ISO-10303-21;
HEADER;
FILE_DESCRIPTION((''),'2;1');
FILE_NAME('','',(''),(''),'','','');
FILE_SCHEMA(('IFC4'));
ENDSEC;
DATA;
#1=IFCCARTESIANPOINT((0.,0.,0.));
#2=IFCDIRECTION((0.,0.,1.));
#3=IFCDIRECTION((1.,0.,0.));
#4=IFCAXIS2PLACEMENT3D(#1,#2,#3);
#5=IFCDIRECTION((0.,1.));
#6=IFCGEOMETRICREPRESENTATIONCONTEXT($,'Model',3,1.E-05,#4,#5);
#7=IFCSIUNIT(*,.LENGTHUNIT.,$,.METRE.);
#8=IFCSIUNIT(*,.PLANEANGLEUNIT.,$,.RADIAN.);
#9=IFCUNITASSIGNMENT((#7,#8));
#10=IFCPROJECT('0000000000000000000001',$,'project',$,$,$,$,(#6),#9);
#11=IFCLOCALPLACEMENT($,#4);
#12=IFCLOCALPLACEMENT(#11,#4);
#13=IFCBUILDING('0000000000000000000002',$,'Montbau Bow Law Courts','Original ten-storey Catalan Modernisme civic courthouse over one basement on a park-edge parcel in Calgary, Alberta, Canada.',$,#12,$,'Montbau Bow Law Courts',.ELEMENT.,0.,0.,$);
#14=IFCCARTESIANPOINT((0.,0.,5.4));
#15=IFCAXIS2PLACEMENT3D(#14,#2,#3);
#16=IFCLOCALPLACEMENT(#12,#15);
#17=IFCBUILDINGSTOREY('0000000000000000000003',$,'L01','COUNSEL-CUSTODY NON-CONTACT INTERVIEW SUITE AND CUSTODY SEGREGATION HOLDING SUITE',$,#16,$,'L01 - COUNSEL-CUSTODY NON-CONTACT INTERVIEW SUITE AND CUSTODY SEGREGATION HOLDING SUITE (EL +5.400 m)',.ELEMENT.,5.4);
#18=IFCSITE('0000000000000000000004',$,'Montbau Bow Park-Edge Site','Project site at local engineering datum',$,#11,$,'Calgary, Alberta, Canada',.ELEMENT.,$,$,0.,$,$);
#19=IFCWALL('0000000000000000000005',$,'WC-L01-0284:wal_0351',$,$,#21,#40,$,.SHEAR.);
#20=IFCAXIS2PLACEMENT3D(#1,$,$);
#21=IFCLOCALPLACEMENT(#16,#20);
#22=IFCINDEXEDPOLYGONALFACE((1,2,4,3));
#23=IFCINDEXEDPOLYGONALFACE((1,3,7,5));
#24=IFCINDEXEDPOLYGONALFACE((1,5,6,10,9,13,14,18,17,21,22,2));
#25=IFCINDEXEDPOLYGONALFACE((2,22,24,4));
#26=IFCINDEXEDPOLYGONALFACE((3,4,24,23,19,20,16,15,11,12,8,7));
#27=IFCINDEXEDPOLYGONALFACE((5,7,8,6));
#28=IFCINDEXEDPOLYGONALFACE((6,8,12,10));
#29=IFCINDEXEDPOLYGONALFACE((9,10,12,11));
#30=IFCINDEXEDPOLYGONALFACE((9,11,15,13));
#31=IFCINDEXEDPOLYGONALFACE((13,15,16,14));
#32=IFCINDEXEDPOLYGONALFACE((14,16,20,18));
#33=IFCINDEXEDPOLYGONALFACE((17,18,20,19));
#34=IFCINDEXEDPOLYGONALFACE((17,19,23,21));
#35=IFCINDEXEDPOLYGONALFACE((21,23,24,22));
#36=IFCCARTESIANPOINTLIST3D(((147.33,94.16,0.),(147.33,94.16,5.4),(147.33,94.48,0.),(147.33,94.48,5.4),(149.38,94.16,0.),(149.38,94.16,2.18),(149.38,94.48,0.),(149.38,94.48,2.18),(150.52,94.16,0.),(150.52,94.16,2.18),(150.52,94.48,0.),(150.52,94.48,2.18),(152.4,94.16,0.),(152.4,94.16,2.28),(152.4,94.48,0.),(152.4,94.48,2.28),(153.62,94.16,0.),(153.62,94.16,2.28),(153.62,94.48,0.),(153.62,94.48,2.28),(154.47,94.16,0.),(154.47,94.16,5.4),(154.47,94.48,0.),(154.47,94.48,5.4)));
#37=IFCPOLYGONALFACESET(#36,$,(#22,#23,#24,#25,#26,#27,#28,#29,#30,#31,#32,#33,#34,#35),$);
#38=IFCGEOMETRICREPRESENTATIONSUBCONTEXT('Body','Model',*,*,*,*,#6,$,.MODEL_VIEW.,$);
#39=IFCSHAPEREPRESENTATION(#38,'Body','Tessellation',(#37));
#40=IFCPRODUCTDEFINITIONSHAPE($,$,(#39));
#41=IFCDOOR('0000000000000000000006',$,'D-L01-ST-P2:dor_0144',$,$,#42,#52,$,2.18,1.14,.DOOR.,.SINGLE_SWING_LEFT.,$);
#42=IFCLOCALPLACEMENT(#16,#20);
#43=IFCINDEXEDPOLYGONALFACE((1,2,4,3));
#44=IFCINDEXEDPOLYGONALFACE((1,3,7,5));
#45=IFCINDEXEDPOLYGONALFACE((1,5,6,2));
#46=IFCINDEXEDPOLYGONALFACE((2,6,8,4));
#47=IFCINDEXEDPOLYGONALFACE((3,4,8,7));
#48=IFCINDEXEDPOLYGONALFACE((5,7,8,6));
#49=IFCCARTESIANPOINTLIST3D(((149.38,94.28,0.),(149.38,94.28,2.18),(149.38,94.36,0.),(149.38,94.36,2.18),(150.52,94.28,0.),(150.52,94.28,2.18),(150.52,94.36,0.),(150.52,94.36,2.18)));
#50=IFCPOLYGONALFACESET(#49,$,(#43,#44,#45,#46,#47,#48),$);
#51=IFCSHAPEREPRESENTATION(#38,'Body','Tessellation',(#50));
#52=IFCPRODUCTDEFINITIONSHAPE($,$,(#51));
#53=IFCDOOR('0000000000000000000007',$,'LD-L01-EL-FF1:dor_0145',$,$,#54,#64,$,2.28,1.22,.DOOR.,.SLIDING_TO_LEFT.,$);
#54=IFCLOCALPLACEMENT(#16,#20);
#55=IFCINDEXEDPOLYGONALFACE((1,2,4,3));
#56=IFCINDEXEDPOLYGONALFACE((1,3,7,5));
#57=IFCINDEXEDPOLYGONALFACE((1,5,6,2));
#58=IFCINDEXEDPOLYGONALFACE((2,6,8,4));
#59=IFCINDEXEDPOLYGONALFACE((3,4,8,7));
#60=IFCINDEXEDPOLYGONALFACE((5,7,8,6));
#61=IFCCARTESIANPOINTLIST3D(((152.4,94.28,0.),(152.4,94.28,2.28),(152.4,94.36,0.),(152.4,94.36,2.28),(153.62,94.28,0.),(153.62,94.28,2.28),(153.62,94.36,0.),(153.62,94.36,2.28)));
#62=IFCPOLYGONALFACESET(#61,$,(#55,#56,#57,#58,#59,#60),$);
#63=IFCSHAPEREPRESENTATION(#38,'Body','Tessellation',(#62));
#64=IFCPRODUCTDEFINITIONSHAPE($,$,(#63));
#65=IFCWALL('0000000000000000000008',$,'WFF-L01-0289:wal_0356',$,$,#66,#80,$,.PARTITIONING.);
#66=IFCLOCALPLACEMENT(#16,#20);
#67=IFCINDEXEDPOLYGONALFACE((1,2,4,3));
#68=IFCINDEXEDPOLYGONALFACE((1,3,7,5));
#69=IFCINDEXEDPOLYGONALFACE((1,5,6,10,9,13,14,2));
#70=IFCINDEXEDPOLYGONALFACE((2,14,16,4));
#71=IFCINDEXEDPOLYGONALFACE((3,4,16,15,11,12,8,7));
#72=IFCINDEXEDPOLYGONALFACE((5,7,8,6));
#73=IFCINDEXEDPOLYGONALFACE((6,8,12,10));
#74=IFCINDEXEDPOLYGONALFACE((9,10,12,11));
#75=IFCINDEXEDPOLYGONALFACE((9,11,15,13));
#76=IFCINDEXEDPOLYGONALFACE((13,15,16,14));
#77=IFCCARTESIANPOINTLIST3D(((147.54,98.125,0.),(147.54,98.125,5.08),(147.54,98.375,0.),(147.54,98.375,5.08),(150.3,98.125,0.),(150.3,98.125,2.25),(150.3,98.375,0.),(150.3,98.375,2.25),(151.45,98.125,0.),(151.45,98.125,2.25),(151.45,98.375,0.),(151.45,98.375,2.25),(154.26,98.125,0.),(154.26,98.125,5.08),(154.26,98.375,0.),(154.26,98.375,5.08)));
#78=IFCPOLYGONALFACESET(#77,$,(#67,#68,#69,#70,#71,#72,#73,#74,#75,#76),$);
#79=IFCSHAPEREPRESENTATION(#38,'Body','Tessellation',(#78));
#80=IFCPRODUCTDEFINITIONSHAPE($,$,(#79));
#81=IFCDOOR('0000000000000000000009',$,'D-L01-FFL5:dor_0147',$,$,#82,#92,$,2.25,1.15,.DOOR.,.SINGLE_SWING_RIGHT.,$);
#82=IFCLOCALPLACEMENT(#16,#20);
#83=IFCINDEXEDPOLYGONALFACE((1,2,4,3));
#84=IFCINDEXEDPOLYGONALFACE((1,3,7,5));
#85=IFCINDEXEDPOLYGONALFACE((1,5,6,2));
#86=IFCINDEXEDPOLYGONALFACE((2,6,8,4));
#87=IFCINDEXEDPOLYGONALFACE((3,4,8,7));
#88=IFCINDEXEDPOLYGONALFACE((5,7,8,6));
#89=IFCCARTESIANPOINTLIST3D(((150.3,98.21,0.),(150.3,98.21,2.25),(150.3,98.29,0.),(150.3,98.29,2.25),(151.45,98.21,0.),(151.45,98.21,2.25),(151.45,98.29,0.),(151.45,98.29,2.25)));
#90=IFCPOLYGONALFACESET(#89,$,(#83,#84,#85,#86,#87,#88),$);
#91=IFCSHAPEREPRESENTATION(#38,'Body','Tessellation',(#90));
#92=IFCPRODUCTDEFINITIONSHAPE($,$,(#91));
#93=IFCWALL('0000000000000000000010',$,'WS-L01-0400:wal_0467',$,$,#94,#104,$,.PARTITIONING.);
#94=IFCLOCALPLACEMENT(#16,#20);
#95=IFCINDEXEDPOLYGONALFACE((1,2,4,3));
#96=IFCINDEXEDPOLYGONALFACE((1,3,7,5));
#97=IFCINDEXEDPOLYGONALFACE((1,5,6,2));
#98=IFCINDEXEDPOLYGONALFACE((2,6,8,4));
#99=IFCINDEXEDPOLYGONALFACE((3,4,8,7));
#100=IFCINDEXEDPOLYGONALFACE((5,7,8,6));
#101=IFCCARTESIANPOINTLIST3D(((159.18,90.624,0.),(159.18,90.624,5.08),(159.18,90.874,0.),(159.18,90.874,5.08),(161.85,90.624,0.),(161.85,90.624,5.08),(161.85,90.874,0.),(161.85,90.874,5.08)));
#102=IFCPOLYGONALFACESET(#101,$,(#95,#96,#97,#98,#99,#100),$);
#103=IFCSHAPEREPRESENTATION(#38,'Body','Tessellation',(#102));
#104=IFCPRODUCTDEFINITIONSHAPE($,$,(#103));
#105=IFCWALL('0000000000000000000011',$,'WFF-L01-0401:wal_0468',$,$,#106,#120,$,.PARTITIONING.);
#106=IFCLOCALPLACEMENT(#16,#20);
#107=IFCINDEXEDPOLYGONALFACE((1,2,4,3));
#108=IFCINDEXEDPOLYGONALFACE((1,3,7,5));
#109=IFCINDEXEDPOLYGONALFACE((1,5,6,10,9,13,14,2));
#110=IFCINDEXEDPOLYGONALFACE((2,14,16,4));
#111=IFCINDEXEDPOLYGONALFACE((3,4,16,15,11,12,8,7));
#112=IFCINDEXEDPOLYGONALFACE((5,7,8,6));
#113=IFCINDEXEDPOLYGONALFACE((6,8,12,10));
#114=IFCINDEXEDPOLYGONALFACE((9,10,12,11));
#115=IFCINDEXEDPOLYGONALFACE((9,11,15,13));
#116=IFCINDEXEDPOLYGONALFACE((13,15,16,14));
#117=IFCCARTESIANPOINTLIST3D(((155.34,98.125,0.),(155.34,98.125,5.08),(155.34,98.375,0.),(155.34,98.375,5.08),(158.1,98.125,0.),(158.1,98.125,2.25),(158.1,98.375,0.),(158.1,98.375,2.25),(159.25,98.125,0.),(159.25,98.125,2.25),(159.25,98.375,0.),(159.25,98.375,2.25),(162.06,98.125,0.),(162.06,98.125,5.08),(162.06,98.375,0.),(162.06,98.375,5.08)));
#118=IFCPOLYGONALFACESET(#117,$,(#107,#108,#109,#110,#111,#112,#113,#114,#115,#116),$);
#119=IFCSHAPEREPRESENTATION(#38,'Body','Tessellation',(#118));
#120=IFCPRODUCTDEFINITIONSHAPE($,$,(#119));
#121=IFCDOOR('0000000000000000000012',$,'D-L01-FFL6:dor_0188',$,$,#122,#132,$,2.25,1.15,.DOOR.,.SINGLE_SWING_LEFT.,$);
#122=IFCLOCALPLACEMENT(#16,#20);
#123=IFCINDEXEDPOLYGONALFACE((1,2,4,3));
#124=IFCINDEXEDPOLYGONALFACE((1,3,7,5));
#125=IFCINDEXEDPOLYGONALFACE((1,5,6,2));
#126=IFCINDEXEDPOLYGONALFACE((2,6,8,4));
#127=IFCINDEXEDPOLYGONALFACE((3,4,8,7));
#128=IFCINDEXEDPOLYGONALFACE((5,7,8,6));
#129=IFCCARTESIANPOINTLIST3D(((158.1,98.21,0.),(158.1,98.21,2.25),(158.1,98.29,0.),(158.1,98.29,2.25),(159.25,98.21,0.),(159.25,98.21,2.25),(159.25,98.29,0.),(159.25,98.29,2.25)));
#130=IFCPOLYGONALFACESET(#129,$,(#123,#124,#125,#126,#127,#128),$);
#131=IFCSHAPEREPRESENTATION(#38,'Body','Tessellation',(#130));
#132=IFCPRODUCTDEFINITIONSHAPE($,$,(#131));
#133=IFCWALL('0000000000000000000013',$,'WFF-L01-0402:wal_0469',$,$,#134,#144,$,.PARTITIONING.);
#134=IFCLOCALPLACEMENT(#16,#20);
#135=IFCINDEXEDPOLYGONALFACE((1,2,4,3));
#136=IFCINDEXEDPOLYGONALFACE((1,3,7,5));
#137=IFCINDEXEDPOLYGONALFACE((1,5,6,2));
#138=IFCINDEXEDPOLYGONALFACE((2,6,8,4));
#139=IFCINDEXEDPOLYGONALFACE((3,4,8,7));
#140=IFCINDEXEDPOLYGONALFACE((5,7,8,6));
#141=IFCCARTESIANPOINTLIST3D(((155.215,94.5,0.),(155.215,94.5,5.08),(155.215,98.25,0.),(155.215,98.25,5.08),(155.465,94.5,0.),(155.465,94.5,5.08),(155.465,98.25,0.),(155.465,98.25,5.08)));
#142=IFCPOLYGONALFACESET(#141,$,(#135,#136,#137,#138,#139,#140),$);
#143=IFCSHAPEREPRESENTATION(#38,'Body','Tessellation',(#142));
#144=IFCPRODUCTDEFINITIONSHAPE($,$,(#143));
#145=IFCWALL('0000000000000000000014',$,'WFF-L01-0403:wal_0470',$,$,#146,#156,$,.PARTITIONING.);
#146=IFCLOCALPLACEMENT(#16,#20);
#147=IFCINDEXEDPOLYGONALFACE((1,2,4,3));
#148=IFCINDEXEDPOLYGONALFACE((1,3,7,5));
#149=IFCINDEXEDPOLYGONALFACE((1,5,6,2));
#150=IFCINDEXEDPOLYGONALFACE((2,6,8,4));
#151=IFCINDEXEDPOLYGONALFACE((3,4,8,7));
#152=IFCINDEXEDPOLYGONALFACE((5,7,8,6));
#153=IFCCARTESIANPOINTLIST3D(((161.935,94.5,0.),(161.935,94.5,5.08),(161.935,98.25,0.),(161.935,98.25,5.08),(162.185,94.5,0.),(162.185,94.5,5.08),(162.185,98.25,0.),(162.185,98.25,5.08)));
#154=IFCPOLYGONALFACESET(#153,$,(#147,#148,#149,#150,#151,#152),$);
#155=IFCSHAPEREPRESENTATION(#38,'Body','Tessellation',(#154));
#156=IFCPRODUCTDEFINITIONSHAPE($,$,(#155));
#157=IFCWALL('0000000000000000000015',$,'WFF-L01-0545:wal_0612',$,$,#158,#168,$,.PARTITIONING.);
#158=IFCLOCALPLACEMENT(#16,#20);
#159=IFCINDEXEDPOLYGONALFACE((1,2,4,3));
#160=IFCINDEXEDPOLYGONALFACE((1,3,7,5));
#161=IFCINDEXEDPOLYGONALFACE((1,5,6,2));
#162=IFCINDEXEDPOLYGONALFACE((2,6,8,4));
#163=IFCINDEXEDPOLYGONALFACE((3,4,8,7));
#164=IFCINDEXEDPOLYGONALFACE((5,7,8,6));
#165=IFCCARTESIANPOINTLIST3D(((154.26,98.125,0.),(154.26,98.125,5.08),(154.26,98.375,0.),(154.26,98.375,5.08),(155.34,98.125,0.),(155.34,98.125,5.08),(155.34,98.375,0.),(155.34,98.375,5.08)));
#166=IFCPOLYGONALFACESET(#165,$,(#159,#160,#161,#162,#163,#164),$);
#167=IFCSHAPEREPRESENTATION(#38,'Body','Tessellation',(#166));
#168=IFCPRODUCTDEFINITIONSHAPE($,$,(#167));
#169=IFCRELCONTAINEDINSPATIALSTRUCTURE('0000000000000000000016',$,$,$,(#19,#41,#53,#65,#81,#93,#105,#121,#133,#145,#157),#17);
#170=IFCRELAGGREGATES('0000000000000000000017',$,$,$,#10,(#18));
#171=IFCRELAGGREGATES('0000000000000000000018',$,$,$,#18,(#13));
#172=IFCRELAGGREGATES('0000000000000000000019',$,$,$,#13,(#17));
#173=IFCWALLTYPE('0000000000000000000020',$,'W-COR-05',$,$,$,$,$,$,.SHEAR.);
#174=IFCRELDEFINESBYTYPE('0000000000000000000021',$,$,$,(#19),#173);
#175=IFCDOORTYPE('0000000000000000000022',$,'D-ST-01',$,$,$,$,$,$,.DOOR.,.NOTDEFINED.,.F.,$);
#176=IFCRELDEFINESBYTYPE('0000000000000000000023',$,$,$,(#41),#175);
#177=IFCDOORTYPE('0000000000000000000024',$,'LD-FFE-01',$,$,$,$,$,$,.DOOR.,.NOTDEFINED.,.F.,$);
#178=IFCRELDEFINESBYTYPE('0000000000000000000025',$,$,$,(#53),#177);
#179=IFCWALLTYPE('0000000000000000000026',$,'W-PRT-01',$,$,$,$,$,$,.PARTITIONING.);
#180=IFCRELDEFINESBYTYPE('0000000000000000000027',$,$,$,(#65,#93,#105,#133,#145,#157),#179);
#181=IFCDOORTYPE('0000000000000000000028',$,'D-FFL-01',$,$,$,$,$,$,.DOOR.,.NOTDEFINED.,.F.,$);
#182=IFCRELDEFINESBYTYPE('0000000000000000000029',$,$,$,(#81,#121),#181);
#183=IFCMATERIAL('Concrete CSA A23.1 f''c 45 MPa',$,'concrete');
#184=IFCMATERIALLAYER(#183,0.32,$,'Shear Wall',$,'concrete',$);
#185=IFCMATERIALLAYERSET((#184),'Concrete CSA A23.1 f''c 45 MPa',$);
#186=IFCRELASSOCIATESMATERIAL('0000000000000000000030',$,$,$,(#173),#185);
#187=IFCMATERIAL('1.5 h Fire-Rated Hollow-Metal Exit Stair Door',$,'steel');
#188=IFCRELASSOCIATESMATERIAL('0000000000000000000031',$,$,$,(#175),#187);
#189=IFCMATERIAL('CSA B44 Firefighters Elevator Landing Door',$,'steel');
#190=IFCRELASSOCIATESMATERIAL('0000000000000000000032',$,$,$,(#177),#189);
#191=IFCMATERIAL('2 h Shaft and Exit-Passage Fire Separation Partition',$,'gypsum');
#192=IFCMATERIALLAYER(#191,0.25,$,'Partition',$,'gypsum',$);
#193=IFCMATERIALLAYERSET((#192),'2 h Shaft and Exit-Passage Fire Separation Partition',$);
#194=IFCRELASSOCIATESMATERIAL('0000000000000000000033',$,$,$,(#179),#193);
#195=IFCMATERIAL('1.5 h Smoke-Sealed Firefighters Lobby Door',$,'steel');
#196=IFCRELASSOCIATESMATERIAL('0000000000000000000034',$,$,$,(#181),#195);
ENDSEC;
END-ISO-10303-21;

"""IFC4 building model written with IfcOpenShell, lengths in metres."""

from ifc_helpers import new_model, si_unit, direction, frame, frame_2d, origin_with_axes, place, context, subcontext, project, spatial, rectangle, extrude, material, layer, layer_set, type_object, element, fill, save


model = new_model("IFC4")

# Units and contexts
model_context = context("Model", 3, precision=1e-05, world=origin_with_axes(), true_north=direction((0.0, 1.0)))
body_context = subcontext(model_context, "Body", "Model", "MODEL_VIEW")
ifc_project = project(units=[si_unit("LENGTHUNIT", "METRE"), si_unit("PLANEANGLEUNIT", "RADIAN")], contexts=[model_context])

# Site, building, storey
site_placement = place(None, origin_with_axes())
site = spatial("IfcSite", under=ifc_project, at=site_placement, Name="Montbau Bow Park-Edge Site", Description="Project site at local engineering datum", LongName="Calgary, Alberta, Canada", CompositionType="ELEMENT", RefElevation=0.0)
building_placement = place(site_placement, origin_with_axes())
building = spatial("IfcBuilding", under=site, at=building_placement, Name="Montbau Bow Law Courts", Description="Original ten-storey Catalan Modernisme civic courthouse over one basement on a park-edge parcel in Calgary, Alberta, Canada.", LongName="Montbau Bow Law Courts", CompositionType="ELEMENT", ElevationOfRefHeight=0.0, ElevationOfTerrain=0.0)
storey_placement = place(building_placement, frame((0.0, 0.0, 5.4), z_axis=(0.0, 0.0, 1.0), x_axis=(1.0, 0.0, 0.0)))
storey = spatial("IfcBuildingStorey", under=building, at=storey_placement, Name="L01", Description="COUNSEL-CUSTODY NON-CONTACT INTERVIEW SUITE AND CUSTODY SEGREGATION HOLDING SUITE", LongName="L01 - COUNSEL-CUSTODY NON-CONTACT INTERVIEW SUITE AND CUSTODY SEGREGATION HOLDING SUITE (EL +5.400 m)", CompositionType="ELEMENT", Elevation=5.4)

# Shared definitions
ifc_material_1 = material(Name="Concrete CSA A23.1 f'c 45 MPa", Category="concrete")

# Wall, openings, doors
ifc_layer_1 = layer(ifc_material_1, 0.32, Name="Shear Wall", Category="concrete")
ifc_layer_set_1 = layer_set([ifc_layer_1], Name="Concrete CSA A23.1 f'c 45 MPa")
wall_type_1 = type_object("IfcWallType", Name="W-COR-05", PredefinedType="SHEAR", material=ifc_layer_set_1)
wall_1_placement = place(None, frame((154.47, 94.32, 5.4), z_axis=(0.0, 0.0, 1.0), x_axis=(-1.0, 0.0, 0.0)))
wall_1 = element("IfcWall", 1, at=wall_1_placement, inside=storey, type_object=wall_type_1, Name="WC-L01-0284:wal_0351", PredefinedType="SHEAR", context=body_context, shape_type="SweptSolid", body=[
    extrude(rectangle(XDim=7.14, YDim=0.32, at=frame_2d((3.57, 0.0), x_axis=(1.0, 0.0))), origin_with_axes(), (0.0, 0.0, 1.0), 5.4),
])
opening_1_placement = place(None, frame((149.95, 94.32, 5.4), z_axis=(0.0, 0.0, 1.0), x_axis=(-1.0, 0.0, 0.0)))
opening_1 = element("IfcOpeningElement", 2, at=opening_1_placement, cuts=wall_1, PredefinedType="OPENING", context=body_context, shape_type="SweptSolid", body=[
    extrude(rectangle(XDim=1.14, YDim=2.18, at=frame_2d((0.0, 1.09), x_axis=(1.0, 0.0))), frame((0.0, 0.17, 0.0), z_axis=(0.0, -1.0, 0.0), x_axis=(1.0, 0.0, 0.0)), (0.0, 0.0, 1.0), 0.34),
])
opening_2_placement = place(None, frame((153.01, 94.32, 5.4), z_axis=(0.0, 0.0, 1.0), x_axis=(-1.0, 0.0, 0.0)))
opening_2 = element("IfcOpeningElement", 3, at=opening_2_placement, cuts=wall_1, PredefinedType="OPENING", context=body_context, shape_type="SweptSolid", body=[
    extrude(rectangle(XDim=1.22, YDim=2.28, at=frame_2d((0.0, 1.14), x_axis=(1.0, 0.0))), frame((0.0, 0.17, 0.0), z_axis=(0.0, -1.0, 0.0), x_axis=(1.0, 0.0, 0.0)), (0.0, 0.0, 1.0), 0.34),
])
ifc_material_2 = material(Name="1.5 h Fire-Rated Hollow-Metal Exit Stair Door", Category="steel")
door_type_1 = type_object("IfcDoorType", Name="D-ST-01", OperationType="NOTDEFINED", ParameterTakesPrecedence=False, PredefinedType="DOOR", material=ifc_material_2)
door_1_placement = place(None, frame((149.95, 94.32, 5.4), z_axis=(0.0, 0.0, 1.0), x_axis=(1.0, 0.0, 0.0)))
door_1 = element("IfcDoor", 4, at=door_1_placement, inside=storey, type_object=door_type_1, Name="D-L01-ST-P2:dor_0144", OperationType="SINGLE_SWING_LEFT", OverallHeight=2.18, OverallWidth=1.14, PredefinedType="DOOR", context=body_context, shape_type="SweptSolid", body=[
    extrude(rectangle(XDim=1.14, YDim=2.18, at=frame_2d((0.0, 1.09), x_axis=(1.0, 0.0))), frame((0.0, 0.04, 0.0), z_axis=(0.0, -1.0, 0.0), x_axis=(1.0, 0.0, 0.0)), (0.0, 0.0, 1.0), 0.08),
])
fill(opening_1, door_1)
ifc_material_3 = material(Name="CSA B44 Firefighters Elevator Landing Door", Category="steel")
door_type_2 = type_object("IfcDoorType", Name="LD-FFE-01", OperationType="NOTDEFINED", ParameterTakesPrecedence=False, PredefinedType="DOOR", material=ifc_material_3)
door_2_placement = place(None, frame((153.01, 94.32, 5.4), z_axis=(0.0, 0.0, 1.0), x_axis=(1.0, 0.0, 0.0)))
door_2 = element("IfcDoor", 5, at=door_2_placement, inside=storey, type_object=door_type_2, Name="LD-L01-EL-FF1:dor_0145", OperationType="SLIDING_TO_LEFT", OverallHeight=2.28, OverallWidth=1.22, PredefinedType="DOOR", context=body_context, shape_type="SweptSolid", body=[
    extrude(rectangle(XDim=1.22, YDim=2.28, at=frame_2d((0.0, 1.14), x_axis=(1.0, 0.0))), frame((0.0, 0.04, 0.0), z_axis=(0.0, -1.0, 0.0), x_axis=(1.0, 0.0, 0.0)), (0.0, 0.0, 1.0), 0.08),
])
fill(opening_2, door_2)

# Wall, opening, door
ifc_material_4 = material(Name="2 h Shaft and Exit-Passage Fire Separation Partition", Category="gypsum")
ifc_layer_2 = layer(ifc_material_4, 0.25, Name="Partition", Category="gypsum")
ifc_layer_set_2 = layer_set([ifc_layer_2], Name="2 h Shaft and Exit-Passage Fire Separation Partition")
wall_type_2 = type_object("IfcWallType", Name="W-PRT-01", PredefinedType="PARTITIONING", material=ifc_layer_set_2)
wall_2_placement = place(None, frame((154.26, 98.25, 5.4), z_axis=(0.0, 0.0, 1.0), x_axis=(-1.0, 0.0, 0.0)))
wall_2 = element("IfcWall", 6, at=wall_2_placement, inside=storey, type_object=wall_type_2, Name="WFF-L01-0289:wal_0356", PredefinedType="PARTITIONING", context=body_context, shape_type="SweptSolid", body=[
    extrude(rectangle(XDim=6.72, YDim=0.25, at=frame_2d((3.36, 0.0), x_axis=(1.0, 0.0))), origin_with_axes(), (0.0, 0.0, 1.0), 5.08),
])
opening_3_placement = place(None, frame((150.875, 98.25, 5.4), z_axis=(0.0, 0.0, 1.0), x_axis=(-1.0, 0.0, 0.0)))
opening_3 = element("IfcOpeningElement", 7, at=opening_3_placement, cuts=wall_2, PredefinedType="OPENING", context=body_context, shape_type="SweptSolid", body=[
    extrude(rectangle(XDim=1.15, YDim=2.25, at=frame_2d((0.0, 1.125), x_axis=(1.0, 0.0))), frame((0.0, 0.135, 0.0), z_axis=(0.0, -1.0, 0.0), x_axis=(1.0, 0.0, 0.0)), (0.0, 0.0, 1.0), 0.27),
])
ifc_material_5 = material(Name="1.5 h Smoke-Sealed Firefighters Lobby Door", Category="steel")
door_type_3 = type_object("IfcDoorType", Name="D-FFL-01", OperationType="NOTDEFINED", ParameterTakesPrecedence=False, PredefinedType="DOOR", material=ifc_material_5)
door_3_placement = place(None, frame((150.875, 98.25, 5.4), z_axis=(0.0, 0.0, 1.0), x_axis=(1.0, 0.0, 0.0)))
door_3 = element("IfcDoor", 8, at=door_3_placement, inside=storey, type_object=door_type_3, Name="D-L01-FFL5:dor_0147", OperationType="SINGLE_SWING_RIGHT", OverallHeight=2.25, OverallWidth=1.15, PredefinedType="DOOR", context=body_context, shape_type="SweptSolid", body=[
    extrude(rectangle(XDim=1.15, YDim=2.25, at=frame_2d((0.0, 1.125), x_axis=(1.0, 0.0))), frame((0.0, 0.04, 0.0), z_axis=(0.0, -1.0, 0.0), x_axis=(1.0, 0.0, 0.0)), (0.0, 0.0, 1.0), 0.08),
])
fill(opening_3, door_3)

# Wall
wall_3_placement = place(None, frame((159.18, 90.749, 5.4), z_axis=(0.0, 0.0, 1.0), x_axis=(1.0, 0.0, 0.0)))
element("IfcWall", 9, at=wall_3_placement, inside=storey, type_object=wall_type_2, Name="WS-L01-0400:wal_0467", PredefinedType="PARTITIONING", context=body_context, shape_type="SweptSolid", body=[
    extrude(rectangle(XDim=2.67, YDim=0.25, at=frame_2d((1.335, 0.0), x_axis=(1.0, 0.0))), origin_with_axes(), (0.0, 0.0, 1.0), 5.08),
])

# Wall, opening, door
wall_4_placement = place(None, frame((162.06, 98.25, 5.4), z_axis=(0.0, 0.0, 1.0), x_axis=(-1.0, 0.0, 0.0)))
wall_4 = element("IfcWall", 10, at=wall_4_placement, inside=storey, type_object=wall_type_2, Name="WFF-L01-0401:wal_0468", PredefinedType="PARTITIONING", context=body_context, shape_type="SweptSolid", body=[
    extrude(rectangle(XDim=6.72, YDim=0.25, at=frame_2d((3.36, 0.0), x_axis=(1.0, 0.0))), origin_with_axes(), (0.0, 0.0, 1.0), 5.08),
])
opening_4_placement = place(None, frame((158.675, 98.25, 5.4), z_axis=(0.0, 0.0, 1.0), x_axis=(-1.0, 0.0, 0.0)))
opening_4 = element("IfcOpeningElement", 11, at=opening_4_placement, cuts=wall_4, PredefinedType="OPENING", context=body_context, shape_type="SweptSolid", body=[
    extrude(rectangle(XDim=1.15, YDim=2.25, at=frame_2d((0.0, 1.125), x_axis=(1.0, 0.0))), frame((0.0, 0.135, 0.0), z_axis=(0.0, -1.0, 0.0), x_axis=(1.0, 0.0, 0.0)), (0.0, 0.0, 1.0), 0.27),
])
door_4_placement = place(None, frame((158.675, 98.25, 5.4), z_axis=(0.0, 0.0, 1.0), x_axis=(1.0, 0.0, 0.0)))
door_4 = element("IfcDoor", 12, at=door_4_placement, inside=storey, type_object=door_type_3, Name="D-L01-FFL6:dor_0188", OperationType="SINGLE_SWING_LEFT", OverallHeight=2.25, OverallWidth=1.15, PredefinedType="DOOR", context=body_context, shape_type="SweptSolid", body=[
    extrude(rectangle(XDim=1.15, YDim=2.25, at=frame_2d((0.0, 1.125), x_axis=(1.0, 0.0))), frame((0.0, 0.04, 0.0), z_axis=(0.0, -1.0, 0.0), x_axis=(1.0, 0.0, 0.0)), (0.0, 0.0, 1.0), 0.08),
])
fill(opening_4, door_4)

# Walls
for number, where, z_axis, x_axis, name in (
    (13, (155.34, 94.5, 5.4), (0.0, 0.0, 1.0), (0.0, 1.0, 0.0), "WFF-L01-0402:wal_0469"),
    (14, (162.06, 94.5, 5.4), (0.0, 0.0, 1.0), (0.0, 1.0, 0.0), "WFF-L01-0403:wal_0470"),
):
    element("IfcWall", number, at=place(None, frame(where, z_axis=z_axis, x_axis=x_axis)), inside=storey, type_object=wall_type_2, Name=name, PredefinedType="PARTITIONING", context=body_context, shape_type="SweptSolid", body=[
        extrude(rectangle(XDim=3.75, YDim=0.25, at=frame_2d((1.875, 0.0), x_axis=(1.0, 0.0))), origin_with_axes(), (0.0, 0.0, 1.0), 5.08),
    ])
wall_5_placement = place(None, frame((154.26, 98.25, 5.4), z_axis=(0.0, 0.0, 1.0), x_axis=(1.0, 0.0, 0.0)))
element("IfcWall", 15, at=wall_5_placement, inside=storey, type_object=wall_type_2, Name="WFF-L01-0545:wal_0612", PredefinedType="PARTITIONING", context=body_context, shape_type="SweptSolid", body=[
    extrude(rectangle(XDim=1.08, YDim=0.25, at=frame_2d((0.54, 0.0), x_axis=(1.0, 0.0))), origin_with_axes(), (0.0, 0.0, 1.0), 5.08),
])

save(model, "model.ifc")
